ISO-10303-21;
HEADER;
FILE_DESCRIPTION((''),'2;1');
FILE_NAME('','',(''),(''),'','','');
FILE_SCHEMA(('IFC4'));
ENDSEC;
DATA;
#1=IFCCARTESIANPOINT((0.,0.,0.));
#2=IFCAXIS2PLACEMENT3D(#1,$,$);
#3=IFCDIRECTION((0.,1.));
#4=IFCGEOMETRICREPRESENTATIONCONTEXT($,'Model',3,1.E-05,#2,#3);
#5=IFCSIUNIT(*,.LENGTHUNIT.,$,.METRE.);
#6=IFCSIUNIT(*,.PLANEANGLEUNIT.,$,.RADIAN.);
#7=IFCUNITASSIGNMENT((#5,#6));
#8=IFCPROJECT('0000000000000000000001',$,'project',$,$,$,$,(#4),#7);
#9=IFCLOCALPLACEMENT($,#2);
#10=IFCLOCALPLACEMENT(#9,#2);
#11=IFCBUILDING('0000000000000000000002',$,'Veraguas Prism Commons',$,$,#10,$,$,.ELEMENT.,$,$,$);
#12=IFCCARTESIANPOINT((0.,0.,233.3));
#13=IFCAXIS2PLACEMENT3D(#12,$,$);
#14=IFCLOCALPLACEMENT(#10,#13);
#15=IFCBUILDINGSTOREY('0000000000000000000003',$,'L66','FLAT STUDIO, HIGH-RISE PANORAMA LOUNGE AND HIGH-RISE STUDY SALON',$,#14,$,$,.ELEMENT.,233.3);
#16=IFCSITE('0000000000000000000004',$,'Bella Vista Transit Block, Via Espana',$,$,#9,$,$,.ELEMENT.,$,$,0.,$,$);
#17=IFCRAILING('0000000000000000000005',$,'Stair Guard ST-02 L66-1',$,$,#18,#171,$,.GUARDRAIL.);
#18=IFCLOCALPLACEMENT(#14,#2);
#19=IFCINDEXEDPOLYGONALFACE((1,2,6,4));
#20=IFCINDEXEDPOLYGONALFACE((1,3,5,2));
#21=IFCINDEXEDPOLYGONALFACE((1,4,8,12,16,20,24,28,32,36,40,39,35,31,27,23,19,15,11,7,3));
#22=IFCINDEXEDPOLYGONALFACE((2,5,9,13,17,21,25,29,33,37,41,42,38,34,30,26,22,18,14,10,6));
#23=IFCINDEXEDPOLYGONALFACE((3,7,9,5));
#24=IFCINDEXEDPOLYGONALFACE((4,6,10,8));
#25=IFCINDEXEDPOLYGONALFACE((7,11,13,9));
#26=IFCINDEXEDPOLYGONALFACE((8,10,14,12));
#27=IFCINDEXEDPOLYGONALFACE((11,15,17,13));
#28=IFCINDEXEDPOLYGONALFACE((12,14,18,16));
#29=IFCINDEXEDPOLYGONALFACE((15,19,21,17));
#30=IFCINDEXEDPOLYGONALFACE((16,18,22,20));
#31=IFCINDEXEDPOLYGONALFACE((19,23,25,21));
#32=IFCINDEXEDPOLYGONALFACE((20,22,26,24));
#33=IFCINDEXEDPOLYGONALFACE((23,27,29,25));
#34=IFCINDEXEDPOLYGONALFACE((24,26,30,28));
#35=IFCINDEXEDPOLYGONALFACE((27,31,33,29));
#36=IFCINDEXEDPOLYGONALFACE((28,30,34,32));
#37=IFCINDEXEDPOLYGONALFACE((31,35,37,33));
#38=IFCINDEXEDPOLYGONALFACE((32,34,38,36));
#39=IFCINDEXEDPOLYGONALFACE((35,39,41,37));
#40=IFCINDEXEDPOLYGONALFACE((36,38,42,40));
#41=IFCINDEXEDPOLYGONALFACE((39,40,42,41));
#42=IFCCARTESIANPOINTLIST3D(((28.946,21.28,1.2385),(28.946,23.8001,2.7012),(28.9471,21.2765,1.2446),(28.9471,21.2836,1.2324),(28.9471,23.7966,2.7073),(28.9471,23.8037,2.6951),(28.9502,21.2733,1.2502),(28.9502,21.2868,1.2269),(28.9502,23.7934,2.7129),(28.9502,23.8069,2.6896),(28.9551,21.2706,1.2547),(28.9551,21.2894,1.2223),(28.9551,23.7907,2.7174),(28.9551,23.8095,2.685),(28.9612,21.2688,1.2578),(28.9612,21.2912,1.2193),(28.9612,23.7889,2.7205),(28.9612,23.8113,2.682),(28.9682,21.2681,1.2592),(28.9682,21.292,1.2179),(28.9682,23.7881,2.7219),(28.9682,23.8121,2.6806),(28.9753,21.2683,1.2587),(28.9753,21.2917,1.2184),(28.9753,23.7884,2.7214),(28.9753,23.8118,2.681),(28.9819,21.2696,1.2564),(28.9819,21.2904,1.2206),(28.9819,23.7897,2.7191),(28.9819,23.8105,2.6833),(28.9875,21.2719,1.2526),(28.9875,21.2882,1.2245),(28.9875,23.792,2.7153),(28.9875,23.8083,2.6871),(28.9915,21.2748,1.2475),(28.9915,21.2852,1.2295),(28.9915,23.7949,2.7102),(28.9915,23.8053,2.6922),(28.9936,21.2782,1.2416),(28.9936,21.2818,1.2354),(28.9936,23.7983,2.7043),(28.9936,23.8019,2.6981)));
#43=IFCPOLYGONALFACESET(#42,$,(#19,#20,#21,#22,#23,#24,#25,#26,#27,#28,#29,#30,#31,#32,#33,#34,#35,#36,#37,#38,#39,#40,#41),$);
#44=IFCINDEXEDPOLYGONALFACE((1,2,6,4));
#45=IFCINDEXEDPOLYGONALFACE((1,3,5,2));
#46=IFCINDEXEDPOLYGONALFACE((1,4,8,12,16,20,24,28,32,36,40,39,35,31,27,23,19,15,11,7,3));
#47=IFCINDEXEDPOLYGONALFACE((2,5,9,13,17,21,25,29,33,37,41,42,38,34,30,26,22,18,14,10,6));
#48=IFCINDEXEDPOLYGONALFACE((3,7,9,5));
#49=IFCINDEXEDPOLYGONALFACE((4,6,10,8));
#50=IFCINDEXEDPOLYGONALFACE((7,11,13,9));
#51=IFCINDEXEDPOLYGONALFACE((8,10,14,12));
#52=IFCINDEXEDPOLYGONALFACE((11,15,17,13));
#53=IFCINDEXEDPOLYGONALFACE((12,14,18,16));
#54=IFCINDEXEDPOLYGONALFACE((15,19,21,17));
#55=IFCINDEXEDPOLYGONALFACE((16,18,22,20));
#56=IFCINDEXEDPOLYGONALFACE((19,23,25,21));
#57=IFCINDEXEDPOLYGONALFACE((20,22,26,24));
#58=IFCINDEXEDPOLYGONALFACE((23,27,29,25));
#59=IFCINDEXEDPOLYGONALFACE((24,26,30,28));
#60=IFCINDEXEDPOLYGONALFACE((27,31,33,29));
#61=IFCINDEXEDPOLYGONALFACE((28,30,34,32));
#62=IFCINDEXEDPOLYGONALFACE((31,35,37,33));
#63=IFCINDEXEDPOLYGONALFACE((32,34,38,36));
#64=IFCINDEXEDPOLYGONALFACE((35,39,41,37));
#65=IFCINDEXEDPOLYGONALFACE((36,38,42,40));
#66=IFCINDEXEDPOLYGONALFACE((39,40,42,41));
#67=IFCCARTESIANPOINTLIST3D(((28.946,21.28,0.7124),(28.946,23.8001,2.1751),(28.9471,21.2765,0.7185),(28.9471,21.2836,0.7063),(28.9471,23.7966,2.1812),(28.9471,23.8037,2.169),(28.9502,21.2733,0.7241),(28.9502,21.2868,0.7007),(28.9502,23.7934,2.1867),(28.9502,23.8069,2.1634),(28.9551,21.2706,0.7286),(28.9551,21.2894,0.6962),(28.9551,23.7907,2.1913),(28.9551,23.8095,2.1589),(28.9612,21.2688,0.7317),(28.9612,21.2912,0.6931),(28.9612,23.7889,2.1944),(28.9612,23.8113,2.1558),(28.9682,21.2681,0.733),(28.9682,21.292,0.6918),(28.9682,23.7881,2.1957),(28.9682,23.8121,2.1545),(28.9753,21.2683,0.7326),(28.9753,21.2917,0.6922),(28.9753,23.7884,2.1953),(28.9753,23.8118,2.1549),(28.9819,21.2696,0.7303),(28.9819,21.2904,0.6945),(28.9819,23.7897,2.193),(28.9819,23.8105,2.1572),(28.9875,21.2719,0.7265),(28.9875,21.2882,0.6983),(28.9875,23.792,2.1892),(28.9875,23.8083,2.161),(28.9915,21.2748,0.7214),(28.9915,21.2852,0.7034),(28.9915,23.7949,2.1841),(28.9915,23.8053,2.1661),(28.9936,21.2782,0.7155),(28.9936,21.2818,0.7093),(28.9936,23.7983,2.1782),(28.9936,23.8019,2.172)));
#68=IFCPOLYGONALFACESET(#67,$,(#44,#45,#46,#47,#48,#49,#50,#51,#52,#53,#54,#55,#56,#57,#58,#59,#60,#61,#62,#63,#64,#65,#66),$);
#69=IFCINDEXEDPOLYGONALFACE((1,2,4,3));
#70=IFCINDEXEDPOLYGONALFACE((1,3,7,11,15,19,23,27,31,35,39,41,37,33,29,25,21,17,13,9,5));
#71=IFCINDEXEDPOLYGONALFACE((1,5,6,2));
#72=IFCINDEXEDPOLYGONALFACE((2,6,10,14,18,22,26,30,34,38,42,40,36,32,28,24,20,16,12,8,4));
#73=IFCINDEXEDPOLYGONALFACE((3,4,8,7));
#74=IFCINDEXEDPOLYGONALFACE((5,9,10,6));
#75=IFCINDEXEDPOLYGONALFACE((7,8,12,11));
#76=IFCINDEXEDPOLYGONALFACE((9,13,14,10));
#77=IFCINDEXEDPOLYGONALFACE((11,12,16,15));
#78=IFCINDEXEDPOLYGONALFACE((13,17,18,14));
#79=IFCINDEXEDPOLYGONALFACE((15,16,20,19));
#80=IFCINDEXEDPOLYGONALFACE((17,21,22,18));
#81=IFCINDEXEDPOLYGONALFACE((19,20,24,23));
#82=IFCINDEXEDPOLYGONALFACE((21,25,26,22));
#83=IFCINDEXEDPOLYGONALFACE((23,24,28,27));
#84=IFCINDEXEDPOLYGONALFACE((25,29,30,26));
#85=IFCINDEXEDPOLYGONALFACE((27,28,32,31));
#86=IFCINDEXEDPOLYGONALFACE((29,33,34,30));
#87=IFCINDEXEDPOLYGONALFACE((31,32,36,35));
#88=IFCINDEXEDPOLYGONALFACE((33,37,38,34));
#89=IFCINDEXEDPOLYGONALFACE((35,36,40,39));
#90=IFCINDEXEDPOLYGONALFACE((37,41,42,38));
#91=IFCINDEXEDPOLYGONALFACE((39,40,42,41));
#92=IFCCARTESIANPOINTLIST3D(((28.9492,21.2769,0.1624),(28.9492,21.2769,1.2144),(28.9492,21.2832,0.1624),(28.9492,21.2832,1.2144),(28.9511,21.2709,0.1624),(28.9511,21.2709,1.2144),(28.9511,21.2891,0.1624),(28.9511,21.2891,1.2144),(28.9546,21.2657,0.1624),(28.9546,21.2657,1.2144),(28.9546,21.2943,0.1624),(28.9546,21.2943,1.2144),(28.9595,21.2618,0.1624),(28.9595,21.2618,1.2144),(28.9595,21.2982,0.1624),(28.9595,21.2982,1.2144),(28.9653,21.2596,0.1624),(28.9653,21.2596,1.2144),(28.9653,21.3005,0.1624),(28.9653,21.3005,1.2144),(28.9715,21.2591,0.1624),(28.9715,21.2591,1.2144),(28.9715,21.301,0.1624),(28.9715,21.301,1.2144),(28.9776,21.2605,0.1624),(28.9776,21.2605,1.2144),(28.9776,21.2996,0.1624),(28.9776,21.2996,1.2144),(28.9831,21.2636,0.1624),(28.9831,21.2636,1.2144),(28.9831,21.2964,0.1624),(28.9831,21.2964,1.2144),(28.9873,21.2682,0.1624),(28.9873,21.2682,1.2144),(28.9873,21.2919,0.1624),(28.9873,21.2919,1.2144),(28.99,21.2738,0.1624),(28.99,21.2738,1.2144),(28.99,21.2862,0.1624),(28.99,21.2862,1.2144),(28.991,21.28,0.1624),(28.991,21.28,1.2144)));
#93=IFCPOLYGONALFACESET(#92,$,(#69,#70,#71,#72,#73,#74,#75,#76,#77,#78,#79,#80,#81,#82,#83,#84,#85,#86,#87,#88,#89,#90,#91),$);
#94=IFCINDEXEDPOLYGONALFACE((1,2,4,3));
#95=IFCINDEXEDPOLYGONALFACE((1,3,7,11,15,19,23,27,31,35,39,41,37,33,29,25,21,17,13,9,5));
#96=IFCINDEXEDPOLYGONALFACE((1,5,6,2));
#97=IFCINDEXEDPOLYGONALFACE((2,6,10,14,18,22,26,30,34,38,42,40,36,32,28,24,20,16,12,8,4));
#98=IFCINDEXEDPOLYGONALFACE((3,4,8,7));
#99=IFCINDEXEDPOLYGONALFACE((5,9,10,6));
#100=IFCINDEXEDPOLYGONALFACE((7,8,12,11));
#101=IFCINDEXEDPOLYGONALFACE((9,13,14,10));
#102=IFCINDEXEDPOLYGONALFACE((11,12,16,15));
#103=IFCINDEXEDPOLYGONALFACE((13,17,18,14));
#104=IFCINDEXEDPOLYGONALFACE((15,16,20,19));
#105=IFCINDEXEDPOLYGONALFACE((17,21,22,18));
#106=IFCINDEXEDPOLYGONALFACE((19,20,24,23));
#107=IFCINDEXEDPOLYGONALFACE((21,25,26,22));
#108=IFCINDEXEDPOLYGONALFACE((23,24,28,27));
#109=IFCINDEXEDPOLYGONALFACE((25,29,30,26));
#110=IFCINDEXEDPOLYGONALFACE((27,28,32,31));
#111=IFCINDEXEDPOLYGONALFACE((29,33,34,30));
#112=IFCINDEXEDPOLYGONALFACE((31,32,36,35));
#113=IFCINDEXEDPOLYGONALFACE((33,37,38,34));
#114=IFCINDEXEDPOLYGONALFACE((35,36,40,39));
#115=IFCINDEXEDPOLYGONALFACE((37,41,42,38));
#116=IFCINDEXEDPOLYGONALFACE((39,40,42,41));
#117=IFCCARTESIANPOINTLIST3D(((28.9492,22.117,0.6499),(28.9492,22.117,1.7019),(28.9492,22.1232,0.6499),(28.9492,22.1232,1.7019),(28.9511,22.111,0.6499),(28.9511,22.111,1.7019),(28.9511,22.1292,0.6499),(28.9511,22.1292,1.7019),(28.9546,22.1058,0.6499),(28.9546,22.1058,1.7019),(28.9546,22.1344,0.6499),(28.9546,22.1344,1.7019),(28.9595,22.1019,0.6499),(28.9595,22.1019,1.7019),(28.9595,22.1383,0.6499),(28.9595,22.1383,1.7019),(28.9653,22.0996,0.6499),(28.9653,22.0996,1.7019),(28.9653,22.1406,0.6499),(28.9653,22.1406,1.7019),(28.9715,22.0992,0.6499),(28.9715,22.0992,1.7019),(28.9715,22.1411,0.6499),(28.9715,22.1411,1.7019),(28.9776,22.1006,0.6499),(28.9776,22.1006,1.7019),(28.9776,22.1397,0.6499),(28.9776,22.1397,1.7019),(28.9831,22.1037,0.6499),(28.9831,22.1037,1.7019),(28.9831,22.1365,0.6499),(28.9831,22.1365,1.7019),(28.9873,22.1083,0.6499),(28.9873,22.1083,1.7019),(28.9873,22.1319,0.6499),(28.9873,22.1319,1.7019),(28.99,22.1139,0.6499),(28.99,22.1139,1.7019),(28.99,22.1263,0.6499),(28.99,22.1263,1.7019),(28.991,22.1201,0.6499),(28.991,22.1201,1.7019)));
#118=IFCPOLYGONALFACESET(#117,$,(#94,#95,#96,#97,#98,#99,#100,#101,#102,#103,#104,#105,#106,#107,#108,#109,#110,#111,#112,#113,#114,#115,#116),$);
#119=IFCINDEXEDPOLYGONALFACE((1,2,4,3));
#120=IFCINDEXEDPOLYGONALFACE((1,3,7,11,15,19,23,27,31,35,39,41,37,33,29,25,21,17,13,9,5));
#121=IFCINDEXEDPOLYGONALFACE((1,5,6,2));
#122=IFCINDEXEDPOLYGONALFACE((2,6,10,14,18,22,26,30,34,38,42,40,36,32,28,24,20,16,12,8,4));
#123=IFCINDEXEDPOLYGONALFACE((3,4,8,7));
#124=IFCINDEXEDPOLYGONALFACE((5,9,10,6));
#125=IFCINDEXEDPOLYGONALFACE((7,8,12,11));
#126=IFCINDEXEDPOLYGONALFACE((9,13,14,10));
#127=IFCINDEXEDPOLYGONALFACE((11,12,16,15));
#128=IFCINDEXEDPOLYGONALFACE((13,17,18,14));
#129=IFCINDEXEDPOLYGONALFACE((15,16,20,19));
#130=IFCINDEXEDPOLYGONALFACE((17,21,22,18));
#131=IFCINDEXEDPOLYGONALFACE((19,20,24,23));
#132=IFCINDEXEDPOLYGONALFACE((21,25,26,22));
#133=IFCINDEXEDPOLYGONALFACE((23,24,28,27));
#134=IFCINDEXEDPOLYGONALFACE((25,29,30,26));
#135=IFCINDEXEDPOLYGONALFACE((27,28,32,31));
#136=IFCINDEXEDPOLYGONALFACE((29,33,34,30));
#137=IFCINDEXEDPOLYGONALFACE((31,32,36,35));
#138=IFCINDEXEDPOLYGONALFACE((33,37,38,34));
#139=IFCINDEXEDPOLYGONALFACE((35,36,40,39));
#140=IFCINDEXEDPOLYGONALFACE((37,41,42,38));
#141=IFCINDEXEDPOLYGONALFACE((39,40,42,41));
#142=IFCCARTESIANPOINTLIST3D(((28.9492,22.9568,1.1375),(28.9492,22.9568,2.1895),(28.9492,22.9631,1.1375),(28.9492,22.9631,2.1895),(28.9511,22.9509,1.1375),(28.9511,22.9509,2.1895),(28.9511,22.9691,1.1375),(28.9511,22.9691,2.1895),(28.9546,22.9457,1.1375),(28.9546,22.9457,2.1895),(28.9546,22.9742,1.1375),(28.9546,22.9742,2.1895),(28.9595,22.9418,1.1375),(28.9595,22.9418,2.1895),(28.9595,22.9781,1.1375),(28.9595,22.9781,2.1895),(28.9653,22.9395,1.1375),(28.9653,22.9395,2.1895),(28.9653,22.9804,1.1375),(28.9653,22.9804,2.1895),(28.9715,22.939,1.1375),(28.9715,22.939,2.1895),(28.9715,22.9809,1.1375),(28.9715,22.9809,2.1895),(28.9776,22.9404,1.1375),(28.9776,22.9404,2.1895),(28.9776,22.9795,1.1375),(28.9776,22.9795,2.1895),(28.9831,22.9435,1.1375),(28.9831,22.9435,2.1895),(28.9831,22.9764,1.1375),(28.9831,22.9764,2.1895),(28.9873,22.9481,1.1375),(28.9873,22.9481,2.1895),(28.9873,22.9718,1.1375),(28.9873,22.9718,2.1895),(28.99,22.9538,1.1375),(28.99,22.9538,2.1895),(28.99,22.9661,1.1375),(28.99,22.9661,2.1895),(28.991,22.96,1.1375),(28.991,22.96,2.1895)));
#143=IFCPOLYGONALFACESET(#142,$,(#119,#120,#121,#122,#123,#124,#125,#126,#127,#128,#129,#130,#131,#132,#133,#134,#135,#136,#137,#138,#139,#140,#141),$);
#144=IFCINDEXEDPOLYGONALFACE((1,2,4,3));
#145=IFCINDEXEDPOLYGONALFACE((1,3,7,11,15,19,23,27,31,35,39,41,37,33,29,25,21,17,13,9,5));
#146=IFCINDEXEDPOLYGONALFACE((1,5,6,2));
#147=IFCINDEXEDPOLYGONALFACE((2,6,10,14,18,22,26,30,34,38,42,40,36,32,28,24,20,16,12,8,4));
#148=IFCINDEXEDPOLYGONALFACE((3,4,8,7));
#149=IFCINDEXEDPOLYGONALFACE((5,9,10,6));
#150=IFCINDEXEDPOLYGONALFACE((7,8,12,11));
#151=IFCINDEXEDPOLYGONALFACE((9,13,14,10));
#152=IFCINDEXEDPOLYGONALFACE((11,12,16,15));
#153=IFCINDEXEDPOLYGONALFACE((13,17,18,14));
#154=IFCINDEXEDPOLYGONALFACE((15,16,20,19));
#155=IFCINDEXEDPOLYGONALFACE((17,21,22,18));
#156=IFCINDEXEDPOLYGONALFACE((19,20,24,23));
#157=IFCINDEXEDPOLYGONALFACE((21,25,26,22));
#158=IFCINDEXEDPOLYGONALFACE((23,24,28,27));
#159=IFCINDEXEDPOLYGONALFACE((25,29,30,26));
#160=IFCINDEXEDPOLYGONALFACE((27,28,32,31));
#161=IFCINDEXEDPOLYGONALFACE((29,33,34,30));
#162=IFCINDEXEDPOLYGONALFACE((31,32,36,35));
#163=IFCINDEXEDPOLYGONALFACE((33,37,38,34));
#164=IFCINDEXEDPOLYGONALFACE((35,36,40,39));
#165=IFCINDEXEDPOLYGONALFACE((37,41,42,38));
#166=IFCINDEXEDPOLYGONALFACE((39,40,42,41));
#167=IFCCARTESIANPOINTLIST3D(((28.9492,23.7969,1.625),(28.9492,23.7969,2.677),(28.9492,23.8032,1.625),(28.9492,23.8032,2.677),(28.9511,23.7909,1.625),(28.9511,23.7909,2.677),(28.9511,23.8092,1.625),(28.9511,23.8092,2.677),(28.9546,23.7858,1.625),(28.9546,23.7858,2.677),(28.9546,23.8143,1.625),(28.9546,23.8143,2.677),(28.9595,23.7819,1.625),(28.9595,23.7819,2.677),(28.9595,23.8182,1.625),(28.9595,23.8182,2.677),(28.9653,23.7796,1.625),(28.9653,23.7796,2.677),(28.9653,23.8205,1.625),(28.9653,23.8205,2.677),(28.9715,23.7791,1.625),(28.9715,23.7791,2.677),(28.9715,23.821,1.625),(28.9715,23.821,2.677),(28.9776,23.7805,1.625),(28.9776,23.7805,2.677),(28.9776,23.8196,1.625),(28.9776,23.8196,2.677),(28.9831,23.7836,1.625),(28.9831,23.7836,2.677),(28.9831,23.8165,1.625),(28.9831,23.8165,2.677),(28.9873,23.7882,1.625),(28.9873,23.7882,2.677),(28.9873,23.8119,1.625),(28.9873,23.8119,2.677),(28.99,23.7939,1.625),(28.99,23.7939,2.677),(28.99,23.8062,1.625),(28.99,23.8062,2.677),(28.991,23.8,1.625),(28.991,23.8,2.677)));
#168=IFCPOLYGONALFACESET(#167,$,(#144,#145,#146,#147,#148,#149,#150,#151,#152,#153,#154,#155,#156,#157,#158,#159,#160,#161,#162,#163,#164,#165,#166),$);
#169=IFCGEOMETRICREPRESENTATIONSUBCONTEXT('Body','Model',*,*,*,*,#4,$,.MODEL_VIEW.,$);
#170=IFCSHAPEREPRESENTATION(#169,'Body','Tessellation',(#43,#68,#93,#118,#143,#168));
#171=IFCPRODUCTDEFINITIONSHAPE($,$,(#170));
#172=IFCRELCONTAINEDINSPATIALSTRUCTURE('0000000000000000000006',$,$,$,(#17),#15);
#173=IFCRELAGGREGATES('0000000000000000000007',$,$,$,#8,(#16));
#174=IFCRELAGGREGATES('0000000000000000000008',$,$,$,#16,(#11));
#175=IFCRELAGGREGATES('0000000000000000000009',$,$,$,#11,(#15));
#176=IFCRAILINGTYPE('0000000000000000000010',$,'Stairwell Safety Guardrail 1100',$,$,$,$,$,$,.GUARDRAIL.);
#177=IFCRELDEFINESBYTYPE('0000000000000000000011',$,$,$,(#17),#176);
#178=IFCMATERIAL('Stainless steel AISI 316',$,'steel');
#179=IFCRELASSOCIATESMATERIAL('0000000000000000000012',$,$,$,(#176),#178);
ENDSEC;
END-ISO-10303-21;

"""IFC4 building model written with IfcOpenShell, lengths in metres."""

from ifc_helpers import new_model, si_unit, direction, frame, origin, origin_2d, place, context, subcontext, project, spatial, circle, extrude, material, type_object, element, save


model = new_model("IFC4")

# Units and contexts
model_context = context("Model", 3, precision=1e-05, world=origin(), true_north=direction((0.0, 1.0)))
body_context = subcontext(model_context, "Body", "Model", "MODEL_VIEW")
ifc_project = project(units=[si_unit("LENGTHUNIT", "METRE"), si_unit("PLANEANGLEUNIT", "RADIAN")], contexts=[model_context])

# Site, building, storey
site_placement = place(None, origin())
site = spatial("IfcSite", under=ifc_project, at=site_placement, Name="Bella Vista Transit Block, Via Espana", CompositionType="ELEMENT", RefElevation=0.0)
building_placement = place(site_placement, origin())
building = spatial("IfcBuilding", under=site, at=building_placement, Name="Veraguas Prism Commons", CompositionType="ELEMENT")
storey_placement = place(building_placement, frame((0.0, 0.0, 233.3)))
storey = spatial("IfcBuildingStorey", under=building, at=storey_placement, Name="L66", Description="FLAT STUDIO, HIGH-RISE PANORAMA LOUNGE AND HIGH-RISE STUDY SALON", CompositionType="ELEMENT", Elevation=233.3)

# Railing
ifc_material_1 = material(Name="Stainless steel AISI 316", Category="steel")
railing_type_1 = type_object("IfcRailingType", Name="Stairwell Safety Guardrail 1100", PredefinedType="GUARDRAIL", material=ifc_material_1)
railing_1_placement = place(storey_placement, frame((28.97, 21.28, 0.1624)))
element("IfcRailing", 1, at=railing_1_placement, inside=storey, type_object=railing_type_1, Name="Stair Guard ST-02 L66-1", PredefinedType="GUARDRAIL", context=body_context, shape_type="SweptSolid", body=[
    extrude(circle(Radius=0.0239, at=origin_2d()), frame((0.0, 0.0, 1.0762), z_axis=(0.0, 0.864877, 0.501984), x_axis=(-1.0, 0.0, 0.0)), (0.0, 0.0, 1.0), 2.9138),
    extrude(circle(Radius=0.0239, at=origin_2d()), frame((0.0, 0.0, 0.55), z_axis=(0.0, 0.864877, 0.501984), x_axis=(-1.0, 0.0, 0.0)), (0.0, 0.0, 1.0), 2.9138),
    extrude(circle(Radius=0.021, at=origin_2d()), origin(), (0.0, 0.0, 1.0), 1.052),
    extrude(circle(Radius=0.021, at=origin_2d()), frame((0.0, 0.8401, 0.4875)), (0.0, 0.0, 1.0), 1.052),
    extrude(circle(Radius=0.021, at=origin_2d()), frame((0.0, 1.6799, 0.9751)), (0.0, 0.0, 1.0), 1.052),
    extrude(circle(Radius=0.021, at=origin_2d()), frame((0.0, 2.52, 1.4626)), (0.0, 0.0, 1.0), 1.052),
])

save(model, "model.ifc")
